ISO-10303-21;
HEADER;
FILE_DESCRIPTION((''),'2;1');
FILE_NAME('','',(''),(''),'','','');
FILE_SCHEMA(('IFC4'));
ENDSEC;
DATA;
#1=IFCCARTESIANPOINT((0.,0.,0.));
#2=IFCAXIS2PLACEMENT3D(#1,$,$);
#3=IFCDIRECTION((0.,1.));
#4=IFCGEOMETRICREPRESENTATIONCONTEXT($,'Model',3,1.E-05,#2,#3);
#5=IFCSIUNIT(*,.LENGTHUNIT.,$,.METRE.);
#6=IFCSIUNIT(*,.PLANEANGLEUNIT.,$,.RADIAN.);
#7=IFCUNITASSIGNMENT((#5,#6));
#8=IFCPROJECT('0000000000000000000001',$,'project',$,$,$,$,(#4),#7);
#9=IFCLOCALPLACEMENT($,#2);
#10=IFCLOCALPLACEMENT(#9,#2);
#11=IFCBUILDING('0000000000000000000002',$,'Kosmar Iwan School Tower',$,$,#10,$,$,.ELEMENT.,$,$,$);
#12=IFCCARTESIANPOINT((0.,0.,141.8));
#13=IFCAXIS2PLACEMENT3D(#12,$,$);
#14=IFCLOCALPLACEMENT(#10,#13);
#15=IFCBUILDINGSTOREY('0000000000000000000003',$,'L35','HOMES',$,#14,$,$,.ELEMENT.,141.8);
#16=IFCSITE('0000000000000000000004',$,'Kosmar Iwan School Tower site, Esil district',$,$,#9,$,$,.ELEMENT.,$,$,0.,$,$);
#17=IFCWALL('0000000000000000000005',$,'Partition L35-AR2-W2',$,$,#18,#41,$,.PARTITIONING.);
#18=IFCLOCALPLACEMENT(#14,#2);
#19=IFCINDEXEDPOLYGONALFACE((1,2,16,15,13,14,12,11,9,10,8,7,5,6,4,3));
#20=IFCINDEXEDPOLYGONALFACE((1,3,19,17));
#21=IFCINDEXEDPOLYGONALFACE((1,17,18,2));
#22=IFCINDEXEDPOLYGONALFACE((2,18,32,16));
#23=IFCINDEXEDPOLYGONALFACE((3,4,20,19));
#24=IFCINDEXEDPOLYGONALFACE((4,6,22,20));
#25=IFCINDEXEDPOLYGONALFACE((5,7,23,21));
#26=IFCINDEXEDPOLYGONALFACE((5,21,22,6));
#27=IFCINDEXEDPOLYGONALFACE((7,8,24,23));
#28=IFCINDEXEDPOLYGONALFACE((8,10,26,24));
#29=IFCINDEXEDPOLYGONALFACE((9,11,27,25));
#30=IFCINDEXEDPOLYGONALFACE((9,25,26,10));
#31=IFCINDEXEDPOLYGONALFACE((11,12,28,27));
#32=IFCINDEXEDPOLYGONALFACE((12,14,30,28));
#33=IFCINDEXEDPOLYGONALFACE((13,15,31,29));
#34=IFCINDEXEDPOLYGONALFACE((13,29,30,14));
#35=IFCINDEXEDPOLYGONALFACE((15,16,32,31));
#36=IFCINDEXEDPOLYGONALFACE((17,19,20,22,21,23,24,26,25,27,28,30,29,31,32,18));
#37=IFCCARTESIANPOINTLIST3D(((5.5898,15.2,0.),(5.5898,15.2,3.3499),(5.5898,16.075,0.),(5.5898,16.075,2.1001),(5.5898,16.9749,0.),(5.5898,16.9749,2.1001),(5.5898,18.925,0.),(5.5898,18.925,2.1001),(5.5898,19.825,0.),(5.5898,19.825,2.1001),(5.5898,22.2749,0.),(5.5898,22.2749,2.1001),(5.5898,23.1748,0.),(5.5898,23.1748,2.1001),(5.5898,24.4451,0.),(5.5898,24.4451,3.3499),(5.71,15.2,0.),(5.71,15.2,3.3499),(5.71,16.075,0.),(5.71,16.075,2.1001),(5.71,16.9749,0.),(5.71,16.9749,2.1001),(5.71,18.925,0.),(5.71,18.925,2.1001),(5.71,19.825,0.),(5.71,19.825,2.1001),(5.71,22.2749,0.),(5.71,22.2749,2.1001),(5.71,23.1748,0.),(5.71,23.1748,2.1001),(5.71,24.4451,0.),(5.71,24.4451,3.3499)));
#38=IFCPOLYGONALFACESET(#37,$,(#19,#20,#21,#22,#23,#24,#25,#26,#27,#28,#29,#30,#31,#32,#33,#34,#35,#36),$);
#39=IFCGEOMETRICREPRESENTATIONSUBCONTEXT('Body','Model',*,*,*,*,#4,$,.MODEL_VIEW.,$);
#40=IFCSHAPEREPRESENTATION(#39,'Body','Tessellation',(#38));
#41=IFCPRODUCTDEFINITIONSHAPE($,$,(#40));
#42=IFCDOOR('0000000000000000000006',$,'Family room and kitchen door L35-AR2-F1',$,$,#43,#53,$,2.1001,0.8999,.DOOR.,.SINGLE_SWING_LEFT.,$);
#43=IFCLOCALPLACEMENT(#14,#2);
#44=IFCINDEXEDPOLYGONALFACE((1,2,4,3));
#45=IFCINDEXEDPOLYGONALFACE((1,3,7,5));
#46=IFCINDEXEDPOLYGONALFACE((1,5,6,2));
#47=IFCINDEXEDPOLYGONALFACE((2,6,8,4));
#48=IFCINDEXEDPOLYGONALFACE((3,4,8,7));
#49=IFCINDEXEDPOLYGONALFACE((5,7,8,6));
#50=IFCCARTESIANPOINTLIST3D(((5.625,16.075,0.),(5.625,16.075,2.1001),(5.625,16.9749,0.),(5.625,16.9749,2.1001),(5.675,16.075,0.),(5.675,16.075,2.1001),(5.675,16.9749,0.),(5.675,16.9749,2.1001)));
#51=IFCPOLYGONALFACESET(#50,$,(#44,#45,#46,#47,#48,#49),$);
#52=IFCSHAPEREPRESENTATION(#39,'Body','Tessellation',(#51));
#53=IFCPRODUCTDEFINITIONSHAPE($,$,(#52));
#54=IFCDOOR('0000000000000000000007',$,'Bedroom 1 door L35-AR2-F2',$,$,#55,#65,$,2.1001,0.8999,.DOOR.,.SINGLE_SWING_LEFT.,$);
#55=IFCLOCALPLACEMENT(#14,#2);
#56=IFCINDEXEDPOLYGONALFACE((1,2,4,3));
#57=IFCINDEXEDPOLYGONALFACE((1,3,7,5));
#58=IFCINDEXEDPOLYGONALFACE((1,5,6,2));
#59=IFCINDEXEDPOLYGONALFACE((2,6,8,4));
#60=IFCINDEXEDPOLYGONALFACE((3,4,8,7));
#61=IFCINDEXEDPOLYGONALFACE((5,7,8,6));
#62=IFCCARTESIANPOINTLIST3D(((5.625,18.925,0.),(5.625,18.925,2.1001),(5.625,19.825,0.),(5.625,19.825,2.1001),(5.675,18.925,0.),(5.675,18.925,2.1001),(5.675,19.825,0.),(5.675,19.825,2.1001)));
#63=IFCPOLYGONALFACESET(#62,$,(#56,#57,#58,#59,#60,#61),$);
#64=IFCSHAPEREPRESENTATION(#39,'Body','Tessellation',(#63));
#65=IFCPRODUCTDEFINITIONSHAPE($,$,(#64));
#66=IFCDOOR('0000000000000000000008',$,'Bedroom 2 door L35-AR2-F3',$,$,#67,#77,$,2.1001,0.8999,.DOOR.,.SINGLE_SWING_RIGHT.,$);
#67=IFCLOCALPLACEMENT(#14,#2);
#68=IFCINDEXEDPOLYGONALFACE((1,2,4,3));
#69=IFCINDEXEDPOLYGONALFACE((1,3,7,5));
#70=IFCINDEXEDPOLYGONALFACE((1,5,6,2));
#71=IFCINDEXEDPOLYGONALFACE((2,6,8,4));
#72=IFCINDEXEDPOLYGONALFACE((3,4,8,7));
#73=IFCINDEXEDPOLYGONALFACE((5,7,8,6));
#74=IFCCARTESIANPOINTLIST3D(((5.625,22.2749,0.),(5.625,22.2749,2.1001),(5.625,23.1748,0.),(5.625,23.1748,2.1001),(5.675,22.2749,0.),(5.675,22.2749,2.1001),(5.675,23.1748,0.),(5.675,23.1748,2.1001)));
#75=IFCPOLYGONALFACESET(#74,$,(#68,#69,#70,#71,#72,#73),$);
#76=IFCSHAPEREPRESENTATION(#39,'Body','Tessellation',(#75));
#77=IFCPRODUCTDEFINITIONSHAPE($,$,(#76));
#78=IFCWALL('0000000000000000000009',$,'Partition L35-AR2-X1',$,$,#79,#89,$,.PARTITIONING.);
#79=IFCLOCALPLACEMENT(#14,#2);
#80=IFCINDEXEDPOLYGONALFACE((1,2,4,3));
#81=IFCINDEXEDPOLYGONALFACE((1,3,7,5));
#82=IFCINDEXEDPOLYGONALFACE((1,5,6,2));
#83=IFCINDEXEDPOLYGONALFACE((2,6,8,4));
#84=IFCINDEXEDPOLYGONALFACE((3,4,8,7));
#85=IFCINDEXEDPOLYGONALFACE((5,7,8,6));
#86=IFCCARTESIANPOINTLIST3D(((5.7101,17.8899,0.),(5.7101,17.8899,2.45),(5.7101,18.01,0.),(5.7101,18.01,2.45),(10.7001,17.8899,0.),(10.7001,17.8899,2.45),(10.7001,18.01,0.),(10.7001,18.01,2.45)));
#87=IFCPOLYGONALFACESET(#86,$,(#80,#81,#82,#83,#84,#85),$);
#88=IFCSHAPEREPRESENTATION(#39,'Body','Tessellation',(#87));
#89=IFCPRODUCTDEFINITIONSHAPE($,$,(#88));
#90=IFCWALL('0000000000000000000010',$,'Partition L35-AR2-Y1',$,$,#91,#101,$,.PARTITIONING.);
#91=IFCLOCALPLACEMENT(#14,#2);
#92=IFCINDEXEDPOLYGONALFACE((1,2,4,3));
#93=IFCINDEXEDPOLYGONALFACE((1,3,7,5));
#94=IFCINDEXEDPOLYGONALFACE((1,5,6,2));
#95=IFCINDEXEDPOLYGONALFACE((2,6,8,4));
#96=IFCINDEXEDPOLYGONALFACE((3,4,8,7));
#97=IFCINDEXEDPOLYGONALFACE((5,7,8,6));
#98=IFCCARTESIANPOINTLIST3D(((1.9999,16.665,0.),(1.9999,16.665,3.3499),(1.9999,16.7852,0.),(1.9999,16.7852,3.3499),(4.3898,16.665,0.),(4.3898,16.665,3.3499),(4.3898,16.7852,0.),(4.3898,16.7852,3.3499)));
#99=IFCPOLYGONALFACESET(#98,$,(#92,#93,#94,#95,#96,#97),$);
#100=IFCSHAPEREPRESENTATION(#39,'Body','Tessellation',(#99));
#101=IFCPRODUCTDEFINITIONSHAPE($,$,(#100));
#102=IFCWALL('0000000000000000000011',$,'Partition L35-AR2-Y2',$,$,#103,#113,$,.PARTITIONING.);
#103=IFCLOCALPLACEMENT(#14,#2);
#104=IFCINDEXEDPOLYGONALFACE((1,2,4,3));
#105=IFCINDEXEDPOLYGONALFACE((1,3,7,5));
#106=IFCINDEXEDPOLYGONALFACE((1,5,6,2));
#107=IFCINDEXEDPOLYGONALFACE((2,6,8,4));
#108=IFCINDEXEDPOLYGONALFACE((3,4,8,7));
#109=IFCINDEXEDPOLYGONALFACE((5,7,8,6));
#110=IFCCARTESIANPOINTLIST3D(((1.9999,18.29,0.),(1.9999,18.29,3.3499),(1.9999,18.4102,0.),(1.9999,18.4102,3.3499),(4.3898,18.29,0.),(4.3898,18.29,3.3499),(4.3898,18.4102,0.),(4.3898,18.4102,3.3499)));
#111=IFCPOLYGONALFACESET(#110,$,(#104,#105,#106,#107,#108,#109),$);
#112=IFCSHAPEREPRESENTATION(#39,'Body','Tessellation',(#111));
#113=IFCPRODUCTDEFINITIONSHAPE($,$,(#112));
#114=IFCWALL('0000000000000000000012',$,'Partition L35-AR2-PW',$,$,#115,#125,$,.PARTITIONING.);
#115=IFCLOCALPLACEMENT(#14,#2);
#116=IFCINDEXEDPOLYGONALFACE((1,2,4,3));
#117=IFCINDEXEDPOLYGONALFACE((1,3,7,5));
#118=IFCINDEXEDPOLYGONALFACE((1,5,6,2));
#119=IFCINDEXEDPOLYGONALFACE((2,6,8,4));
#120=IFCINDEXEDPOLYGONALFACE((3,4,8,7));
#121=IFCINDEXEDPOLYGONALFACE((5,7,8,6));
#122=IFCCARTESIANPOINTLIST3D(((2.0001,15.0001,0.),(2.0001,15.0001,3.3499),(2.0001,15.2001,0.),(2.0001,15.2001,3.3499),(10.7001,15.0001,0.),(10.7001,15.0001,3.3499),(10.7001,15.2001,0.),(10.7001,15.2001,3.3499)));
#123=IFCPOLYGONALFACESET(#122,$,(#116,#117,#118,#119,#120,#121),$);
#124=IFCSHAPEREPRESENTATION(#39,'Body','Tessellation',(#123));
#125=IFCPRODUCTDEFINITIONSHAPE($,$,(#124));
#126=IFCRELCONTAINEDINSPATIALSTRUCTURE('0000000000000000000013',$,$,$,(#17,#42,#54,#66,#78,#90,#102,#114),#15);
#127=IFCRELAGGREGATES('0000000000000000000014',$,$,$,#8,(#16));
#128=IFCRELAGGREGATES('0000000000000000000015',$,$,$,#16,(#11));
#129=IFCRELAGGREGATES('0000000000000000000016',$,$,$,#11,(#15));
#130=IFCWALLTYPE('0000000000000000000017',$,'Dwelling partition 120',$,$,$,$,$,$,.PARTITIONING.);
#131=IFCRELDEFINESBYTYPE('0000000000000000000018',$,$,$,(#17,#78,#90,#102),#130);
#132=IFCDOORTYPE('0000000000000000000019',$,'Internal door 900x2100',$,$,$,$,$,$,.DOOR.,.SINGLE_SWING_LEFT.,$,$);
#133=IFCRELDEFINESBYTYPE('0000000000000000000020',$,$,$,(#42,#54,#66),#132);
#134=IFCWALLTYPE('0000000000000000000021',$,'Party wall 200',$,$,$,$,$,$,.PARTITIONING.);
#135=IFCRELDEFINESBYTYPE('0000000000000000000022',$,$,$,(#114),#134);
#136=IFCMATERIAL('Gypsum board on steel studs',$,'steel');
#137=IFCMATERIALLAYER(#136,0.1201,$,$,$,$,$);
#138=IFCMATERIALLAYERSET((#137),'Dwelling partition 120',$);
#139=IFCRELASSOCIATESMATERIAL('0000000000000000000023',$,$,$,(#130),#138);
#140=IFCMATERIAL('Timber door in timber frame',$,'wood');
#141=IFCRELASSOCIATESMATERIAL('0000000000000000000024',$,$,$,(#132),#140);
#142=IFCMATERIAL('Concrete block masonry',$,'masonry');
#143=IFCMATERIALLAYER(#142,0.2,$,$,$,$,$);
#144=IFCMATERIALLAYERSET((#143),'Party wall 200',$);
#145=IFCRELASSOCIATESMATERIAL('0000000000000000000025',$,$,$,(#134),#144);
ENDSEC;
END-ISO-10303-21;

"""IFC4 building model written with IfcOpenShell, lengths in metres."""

from ifc_helpers import new_model, si_unit, direction, frame, frame_2d, origin, place, context, subcontext, project, spatial, rectangle, extrude, material, layer, layer_set, type_object, element, fill, save


model = new_model("IFC4")

# Units and contexts
model_context = context("Model", 3, precision=1e-05, world=origin(), true_north=direction((0.0, 1.0)))
body_context = subcontext(model_context, "Body", "Model", "MODEL_VIEW")
ifc_project = project(units=[si_unit("LENGTHUNIT", "METRE"), si_unit("PLANEANGLEUNIT", "RADIAN")], contexts=[model_context])

# Site, building, storey
site_placement = place(None, origin())
site = spatial("IfcSite", under=ifc_project, at=site_placement, Name="Kosmar Iwan School Tower site, Esil district", CompositionType="ELEMENT", RefElevation=0.0)
building_placement = place(site_placement, origin())
building = spatial("IfcBuilding", under=site, at=building_placement, Name="Kosmar Iwan School Tower", CompositionType="ELEMENT")
storey_placement = place(building_placement, frame((0.0, 0.0, 141.8)))
storey = spatial("IfcBuildingStorey", under=building, at=storey_placement, Name="L35", Description="HOMES", CompositionType="ELEMENT", Elevation=141.8)

# Shared definitions
ifc_material_1 = material(Name="Gypsum board on steel studs", Category="steel")
ifc_layer_1 = layer(ifc_material_1, 0.1201)
ifc_layer_set_1 = layer_set([ifc_layer_1], Name="Dwelling partition 120")
wall_type_1 = type_object("IfcWallType", Name="Dwelling partition 120", PredefinedType="PARTITIONING", material=ifc_layer_set_1)

# Wall, openings, doors
ifc_material_2 = material(Name="Timber door in timber frame", Category="wood")
door_type_1 = type_object("IfcDoorType", Name="Internal door 900x2100", OperationType="SINGLE_SWING_LEFT", PredefinedType="DOOR", material=ifc_material_2)
wall_1_placement = place(storey_placement, frame((5.6499, 15.2, 0.0), z_axis=(0.0, 0.0, 1.0), x_axis=(0.0, 1.0, 0.0)))
wall_1 = element("IfcWall", 1, at=wall_1_placement, inside=storey, type_object=wall_type_1, Name="Partition L35-AR2-W2", PredefinedType="PARTITIONING", context=body_context, shape_type="SweptSolid", body=[
    extrude(rectangle(XDim=9.2451, YDim=0.1201, at=frame_2d((4.6226, 0.0))), origin(), (0.0, 0.0, 1.0), 3.3499),
])
opening_1_placement = place(wall_1_placement, frame((0.875, 0.0, 0.0)))
opening_1 = element("IfcOpeningElement", 2, at=opening_1_placement, cuts=wall_1, PredefinedType="OPENING", context=body_context, shape_type="SweptSolid", body=[
    extrude(rectangle(XDim=0.8999, YDim=2.1001, at=frame_2d((0.45, 1.05))), frame((0.0, 0.072, 0.0), z_axis=(0.0, -1.0, 0.0), x_axis=(1.0, 0.0, 0.0)), (0.0, 0.0, 1.0), 0.144),
])
opening_2_placement = place(wall_1_placement, frame((3.7251, 0.0, 0.0)))
opening_2 = element("IfcOpeningElement", 3, at=opening_2_placement, cuts=wall_1, PredefinedType="OPENING", context=body_context, shape_type="SweptSolid", body=[
    extrude(rectangle(XDim=0.8999, YDim=2.1001, at=frame_2d((0.45, 1.05))), frame((0.0, 0.072, 0.0), z_axis=(0.0, -1.0, 0.0), x_axis=(1.0, 0.0, 0.0)), (0.0, 0.0, 1.0), 0.144),
])
opening_3_placement = place(wall_1_placement, frame((7.075, 0.0, 0.0)))
opening_3 = element("IfcOpeningElement", 4, at=opening_3_placement, cuts=wall_1, PredefinedType="OPENING", context=body_context, shape_type="SweptSolid", body=[
    extrude(rectangle(XDim=0.8999, YDim=2.1001, at=frame_2d((0.45, 1.05))), frame((0.0, 0.072, 0.0), z_axis=(0.0, -1.0, 0.0), x_axis=(1.0, 0.0, 0.0)), (0.0, 0.0, 1.0), 0.144),
])
door_1_placement = place(opening_1_placement, origin())
door_1 = element("IfcDoor", 5, at=door_1_placement, inside=storey, type_object=door_type_1, Name="Family room and kitchen door L35-AR2-F1", OperationType="SINGLE_SWING_LEFT", OverallHeight=2.1001, OverallWidth=0.8999, PredefinedType="DOOR", context=body_context, shape_type="SweptSolid", body=[
    extrude(rectangle(XDim=0.8999, YDim=2.1001, at=frame_2d((0.45, 1.05))), frame((0.0, 0.0249, 0.0), z_axis=(0.0, -1.0, 0.0), x_axis=(1.0, 0.0, 0.0)), (0.0, 0.0, 1.0), 0.05),
])
fill(opening_1, door_1)
door_2_placement = place(opening_2_placement, origin())
door_2 = element("IfcDoor", 6, at=door_2_placement, inside=storey, type_object=door_type_1, Name="Bedroom 1 door L35-AR2-F2", OperationType="SINGLE_SWING_LEFT", OverallHeight=2.1001, OverallWidth=0.8999, PredefinedType="DOOR", context=body_context, shape_type="SweptSolid", body=[
    extrude(rectangle(XDim=0.8999, YDim=2.1001, at=frame_2d((0.45, 1.05))), frame((0.0, 0.0249, 0.0), z_axis=(0.0, -1.0, 0.0), x_axis=(1.0, 0.0, 0.0)), (0.0, 0.0, 1.0), 0.05),
])
fill(opening_2, door_2)
door_3_placement = place(opening_3_placement, origin())
door_3 = element("IfcDoor", 7, at=door_3_placement, inside=storey, type_object=door_type_1, Name="Bedroom 2 door L35-AR2-F3", OperationType="SINGLE_SWING_RIGHT", OverallHeight=2.1001, OverallWidth=0.8999, PredefinedType="DOOR", context=body_context, shape_type="SweptSolid", body=[
    extrude(rectangle(XDim=0.8999, YDim=2.1001, at=frame_2d((0.45, 1.05))), frame((0.0, 0.0249, 0.0), z_axis=(0.0, -1.0, 0.0), x_axis=(1.0, 0.0, 0.0)), (0.0, 0.0, 1.0), 0.05),
])
fill(opening_3, door_3)

# Walls
wall_2_placement = place(storey_placement, frame((5.71, 17.95, 0.0), z_axis=(0.0, 0.0, 1.0), x_axis=(1.0, 0.0, 0.0)))
element("IfcWall", 8, at=wall_2_placement, inside=storey, type_object=wall_type_1, Name="Partition L35-AR2-X1", PredefinedType="PARTITIONING", context=body_context, shape_type="SweptSolid", body=[
    extrude(rectangle(XDim=4.99, YDim=0.1201, at=frame_2d((2.4951, 0.0))), origin(), (0.0, 0.0, 1.0), 2.45),
])
for number, where, z_axis, x_axis, name in (
    (9, (2.0, 16.7251, 0.0), (0.0, 0.0, 1.0), (1.0, 0.0, 0.0), "Partition L35-AR2-Y1"),
    (10, (2.0, 18.3501, 0.0), (0.0, 0.0, 1.0), (1.0, 0.0, 0.0), "Partition L35-AR2-Y2"),
):
    element("IfcWall", number, at=place(storey_placement, frame(where, z_axis=z_axis, x_axis=x_axis)), inside=storey, type_object=wall_type_1, Name=name, PredefinedType="PARTITIONING", context=body_context, shape_type="SweptSolid", body=[
        extrude(rectangle(XDim=2.3899, YDim=0.1201, at=frame_2d((1.1948, 0.0))), origin(), (0.0, 0.0, 1.0), 3.3499),
    ])
ifc_material_3 = material(Name="Concrete block masonry", Category="masonry")
ifc_layer_2 = layer(ifc_material_3, 0.2)
ifc_layer_set_2 = layer_set([ifc_layer_2], Name="Party wall 200")
wall_type_2 = type_object("IfcWallType", Name="Party wall 200", PredefinedType="PARTITIONING", material=ifc_layer_set_2)
wall_3_placement = place(storey_placement, frame((2.0, 15.1001, 0.0), z_axis=(0.0, 0.0, 1.0), x_axis=(1.0, 0.0, 0.0)))
element("IfcWall", 11, at=wall_3_placement, inside=storey, type_object=wall_type_2, Name="Partition L35-AR2-PW", PredefinedType="PARTITIONING", context=body_context, shape_type="SweptSolid", body=[
    extrude(rectangle(XDim=8.7, YDim=0.2, at=frame_2d((4.3501, 0.0))), origin(), (0.0, 0.0, 1.0), 3.3499),
])

save(model, "model.ifc")
